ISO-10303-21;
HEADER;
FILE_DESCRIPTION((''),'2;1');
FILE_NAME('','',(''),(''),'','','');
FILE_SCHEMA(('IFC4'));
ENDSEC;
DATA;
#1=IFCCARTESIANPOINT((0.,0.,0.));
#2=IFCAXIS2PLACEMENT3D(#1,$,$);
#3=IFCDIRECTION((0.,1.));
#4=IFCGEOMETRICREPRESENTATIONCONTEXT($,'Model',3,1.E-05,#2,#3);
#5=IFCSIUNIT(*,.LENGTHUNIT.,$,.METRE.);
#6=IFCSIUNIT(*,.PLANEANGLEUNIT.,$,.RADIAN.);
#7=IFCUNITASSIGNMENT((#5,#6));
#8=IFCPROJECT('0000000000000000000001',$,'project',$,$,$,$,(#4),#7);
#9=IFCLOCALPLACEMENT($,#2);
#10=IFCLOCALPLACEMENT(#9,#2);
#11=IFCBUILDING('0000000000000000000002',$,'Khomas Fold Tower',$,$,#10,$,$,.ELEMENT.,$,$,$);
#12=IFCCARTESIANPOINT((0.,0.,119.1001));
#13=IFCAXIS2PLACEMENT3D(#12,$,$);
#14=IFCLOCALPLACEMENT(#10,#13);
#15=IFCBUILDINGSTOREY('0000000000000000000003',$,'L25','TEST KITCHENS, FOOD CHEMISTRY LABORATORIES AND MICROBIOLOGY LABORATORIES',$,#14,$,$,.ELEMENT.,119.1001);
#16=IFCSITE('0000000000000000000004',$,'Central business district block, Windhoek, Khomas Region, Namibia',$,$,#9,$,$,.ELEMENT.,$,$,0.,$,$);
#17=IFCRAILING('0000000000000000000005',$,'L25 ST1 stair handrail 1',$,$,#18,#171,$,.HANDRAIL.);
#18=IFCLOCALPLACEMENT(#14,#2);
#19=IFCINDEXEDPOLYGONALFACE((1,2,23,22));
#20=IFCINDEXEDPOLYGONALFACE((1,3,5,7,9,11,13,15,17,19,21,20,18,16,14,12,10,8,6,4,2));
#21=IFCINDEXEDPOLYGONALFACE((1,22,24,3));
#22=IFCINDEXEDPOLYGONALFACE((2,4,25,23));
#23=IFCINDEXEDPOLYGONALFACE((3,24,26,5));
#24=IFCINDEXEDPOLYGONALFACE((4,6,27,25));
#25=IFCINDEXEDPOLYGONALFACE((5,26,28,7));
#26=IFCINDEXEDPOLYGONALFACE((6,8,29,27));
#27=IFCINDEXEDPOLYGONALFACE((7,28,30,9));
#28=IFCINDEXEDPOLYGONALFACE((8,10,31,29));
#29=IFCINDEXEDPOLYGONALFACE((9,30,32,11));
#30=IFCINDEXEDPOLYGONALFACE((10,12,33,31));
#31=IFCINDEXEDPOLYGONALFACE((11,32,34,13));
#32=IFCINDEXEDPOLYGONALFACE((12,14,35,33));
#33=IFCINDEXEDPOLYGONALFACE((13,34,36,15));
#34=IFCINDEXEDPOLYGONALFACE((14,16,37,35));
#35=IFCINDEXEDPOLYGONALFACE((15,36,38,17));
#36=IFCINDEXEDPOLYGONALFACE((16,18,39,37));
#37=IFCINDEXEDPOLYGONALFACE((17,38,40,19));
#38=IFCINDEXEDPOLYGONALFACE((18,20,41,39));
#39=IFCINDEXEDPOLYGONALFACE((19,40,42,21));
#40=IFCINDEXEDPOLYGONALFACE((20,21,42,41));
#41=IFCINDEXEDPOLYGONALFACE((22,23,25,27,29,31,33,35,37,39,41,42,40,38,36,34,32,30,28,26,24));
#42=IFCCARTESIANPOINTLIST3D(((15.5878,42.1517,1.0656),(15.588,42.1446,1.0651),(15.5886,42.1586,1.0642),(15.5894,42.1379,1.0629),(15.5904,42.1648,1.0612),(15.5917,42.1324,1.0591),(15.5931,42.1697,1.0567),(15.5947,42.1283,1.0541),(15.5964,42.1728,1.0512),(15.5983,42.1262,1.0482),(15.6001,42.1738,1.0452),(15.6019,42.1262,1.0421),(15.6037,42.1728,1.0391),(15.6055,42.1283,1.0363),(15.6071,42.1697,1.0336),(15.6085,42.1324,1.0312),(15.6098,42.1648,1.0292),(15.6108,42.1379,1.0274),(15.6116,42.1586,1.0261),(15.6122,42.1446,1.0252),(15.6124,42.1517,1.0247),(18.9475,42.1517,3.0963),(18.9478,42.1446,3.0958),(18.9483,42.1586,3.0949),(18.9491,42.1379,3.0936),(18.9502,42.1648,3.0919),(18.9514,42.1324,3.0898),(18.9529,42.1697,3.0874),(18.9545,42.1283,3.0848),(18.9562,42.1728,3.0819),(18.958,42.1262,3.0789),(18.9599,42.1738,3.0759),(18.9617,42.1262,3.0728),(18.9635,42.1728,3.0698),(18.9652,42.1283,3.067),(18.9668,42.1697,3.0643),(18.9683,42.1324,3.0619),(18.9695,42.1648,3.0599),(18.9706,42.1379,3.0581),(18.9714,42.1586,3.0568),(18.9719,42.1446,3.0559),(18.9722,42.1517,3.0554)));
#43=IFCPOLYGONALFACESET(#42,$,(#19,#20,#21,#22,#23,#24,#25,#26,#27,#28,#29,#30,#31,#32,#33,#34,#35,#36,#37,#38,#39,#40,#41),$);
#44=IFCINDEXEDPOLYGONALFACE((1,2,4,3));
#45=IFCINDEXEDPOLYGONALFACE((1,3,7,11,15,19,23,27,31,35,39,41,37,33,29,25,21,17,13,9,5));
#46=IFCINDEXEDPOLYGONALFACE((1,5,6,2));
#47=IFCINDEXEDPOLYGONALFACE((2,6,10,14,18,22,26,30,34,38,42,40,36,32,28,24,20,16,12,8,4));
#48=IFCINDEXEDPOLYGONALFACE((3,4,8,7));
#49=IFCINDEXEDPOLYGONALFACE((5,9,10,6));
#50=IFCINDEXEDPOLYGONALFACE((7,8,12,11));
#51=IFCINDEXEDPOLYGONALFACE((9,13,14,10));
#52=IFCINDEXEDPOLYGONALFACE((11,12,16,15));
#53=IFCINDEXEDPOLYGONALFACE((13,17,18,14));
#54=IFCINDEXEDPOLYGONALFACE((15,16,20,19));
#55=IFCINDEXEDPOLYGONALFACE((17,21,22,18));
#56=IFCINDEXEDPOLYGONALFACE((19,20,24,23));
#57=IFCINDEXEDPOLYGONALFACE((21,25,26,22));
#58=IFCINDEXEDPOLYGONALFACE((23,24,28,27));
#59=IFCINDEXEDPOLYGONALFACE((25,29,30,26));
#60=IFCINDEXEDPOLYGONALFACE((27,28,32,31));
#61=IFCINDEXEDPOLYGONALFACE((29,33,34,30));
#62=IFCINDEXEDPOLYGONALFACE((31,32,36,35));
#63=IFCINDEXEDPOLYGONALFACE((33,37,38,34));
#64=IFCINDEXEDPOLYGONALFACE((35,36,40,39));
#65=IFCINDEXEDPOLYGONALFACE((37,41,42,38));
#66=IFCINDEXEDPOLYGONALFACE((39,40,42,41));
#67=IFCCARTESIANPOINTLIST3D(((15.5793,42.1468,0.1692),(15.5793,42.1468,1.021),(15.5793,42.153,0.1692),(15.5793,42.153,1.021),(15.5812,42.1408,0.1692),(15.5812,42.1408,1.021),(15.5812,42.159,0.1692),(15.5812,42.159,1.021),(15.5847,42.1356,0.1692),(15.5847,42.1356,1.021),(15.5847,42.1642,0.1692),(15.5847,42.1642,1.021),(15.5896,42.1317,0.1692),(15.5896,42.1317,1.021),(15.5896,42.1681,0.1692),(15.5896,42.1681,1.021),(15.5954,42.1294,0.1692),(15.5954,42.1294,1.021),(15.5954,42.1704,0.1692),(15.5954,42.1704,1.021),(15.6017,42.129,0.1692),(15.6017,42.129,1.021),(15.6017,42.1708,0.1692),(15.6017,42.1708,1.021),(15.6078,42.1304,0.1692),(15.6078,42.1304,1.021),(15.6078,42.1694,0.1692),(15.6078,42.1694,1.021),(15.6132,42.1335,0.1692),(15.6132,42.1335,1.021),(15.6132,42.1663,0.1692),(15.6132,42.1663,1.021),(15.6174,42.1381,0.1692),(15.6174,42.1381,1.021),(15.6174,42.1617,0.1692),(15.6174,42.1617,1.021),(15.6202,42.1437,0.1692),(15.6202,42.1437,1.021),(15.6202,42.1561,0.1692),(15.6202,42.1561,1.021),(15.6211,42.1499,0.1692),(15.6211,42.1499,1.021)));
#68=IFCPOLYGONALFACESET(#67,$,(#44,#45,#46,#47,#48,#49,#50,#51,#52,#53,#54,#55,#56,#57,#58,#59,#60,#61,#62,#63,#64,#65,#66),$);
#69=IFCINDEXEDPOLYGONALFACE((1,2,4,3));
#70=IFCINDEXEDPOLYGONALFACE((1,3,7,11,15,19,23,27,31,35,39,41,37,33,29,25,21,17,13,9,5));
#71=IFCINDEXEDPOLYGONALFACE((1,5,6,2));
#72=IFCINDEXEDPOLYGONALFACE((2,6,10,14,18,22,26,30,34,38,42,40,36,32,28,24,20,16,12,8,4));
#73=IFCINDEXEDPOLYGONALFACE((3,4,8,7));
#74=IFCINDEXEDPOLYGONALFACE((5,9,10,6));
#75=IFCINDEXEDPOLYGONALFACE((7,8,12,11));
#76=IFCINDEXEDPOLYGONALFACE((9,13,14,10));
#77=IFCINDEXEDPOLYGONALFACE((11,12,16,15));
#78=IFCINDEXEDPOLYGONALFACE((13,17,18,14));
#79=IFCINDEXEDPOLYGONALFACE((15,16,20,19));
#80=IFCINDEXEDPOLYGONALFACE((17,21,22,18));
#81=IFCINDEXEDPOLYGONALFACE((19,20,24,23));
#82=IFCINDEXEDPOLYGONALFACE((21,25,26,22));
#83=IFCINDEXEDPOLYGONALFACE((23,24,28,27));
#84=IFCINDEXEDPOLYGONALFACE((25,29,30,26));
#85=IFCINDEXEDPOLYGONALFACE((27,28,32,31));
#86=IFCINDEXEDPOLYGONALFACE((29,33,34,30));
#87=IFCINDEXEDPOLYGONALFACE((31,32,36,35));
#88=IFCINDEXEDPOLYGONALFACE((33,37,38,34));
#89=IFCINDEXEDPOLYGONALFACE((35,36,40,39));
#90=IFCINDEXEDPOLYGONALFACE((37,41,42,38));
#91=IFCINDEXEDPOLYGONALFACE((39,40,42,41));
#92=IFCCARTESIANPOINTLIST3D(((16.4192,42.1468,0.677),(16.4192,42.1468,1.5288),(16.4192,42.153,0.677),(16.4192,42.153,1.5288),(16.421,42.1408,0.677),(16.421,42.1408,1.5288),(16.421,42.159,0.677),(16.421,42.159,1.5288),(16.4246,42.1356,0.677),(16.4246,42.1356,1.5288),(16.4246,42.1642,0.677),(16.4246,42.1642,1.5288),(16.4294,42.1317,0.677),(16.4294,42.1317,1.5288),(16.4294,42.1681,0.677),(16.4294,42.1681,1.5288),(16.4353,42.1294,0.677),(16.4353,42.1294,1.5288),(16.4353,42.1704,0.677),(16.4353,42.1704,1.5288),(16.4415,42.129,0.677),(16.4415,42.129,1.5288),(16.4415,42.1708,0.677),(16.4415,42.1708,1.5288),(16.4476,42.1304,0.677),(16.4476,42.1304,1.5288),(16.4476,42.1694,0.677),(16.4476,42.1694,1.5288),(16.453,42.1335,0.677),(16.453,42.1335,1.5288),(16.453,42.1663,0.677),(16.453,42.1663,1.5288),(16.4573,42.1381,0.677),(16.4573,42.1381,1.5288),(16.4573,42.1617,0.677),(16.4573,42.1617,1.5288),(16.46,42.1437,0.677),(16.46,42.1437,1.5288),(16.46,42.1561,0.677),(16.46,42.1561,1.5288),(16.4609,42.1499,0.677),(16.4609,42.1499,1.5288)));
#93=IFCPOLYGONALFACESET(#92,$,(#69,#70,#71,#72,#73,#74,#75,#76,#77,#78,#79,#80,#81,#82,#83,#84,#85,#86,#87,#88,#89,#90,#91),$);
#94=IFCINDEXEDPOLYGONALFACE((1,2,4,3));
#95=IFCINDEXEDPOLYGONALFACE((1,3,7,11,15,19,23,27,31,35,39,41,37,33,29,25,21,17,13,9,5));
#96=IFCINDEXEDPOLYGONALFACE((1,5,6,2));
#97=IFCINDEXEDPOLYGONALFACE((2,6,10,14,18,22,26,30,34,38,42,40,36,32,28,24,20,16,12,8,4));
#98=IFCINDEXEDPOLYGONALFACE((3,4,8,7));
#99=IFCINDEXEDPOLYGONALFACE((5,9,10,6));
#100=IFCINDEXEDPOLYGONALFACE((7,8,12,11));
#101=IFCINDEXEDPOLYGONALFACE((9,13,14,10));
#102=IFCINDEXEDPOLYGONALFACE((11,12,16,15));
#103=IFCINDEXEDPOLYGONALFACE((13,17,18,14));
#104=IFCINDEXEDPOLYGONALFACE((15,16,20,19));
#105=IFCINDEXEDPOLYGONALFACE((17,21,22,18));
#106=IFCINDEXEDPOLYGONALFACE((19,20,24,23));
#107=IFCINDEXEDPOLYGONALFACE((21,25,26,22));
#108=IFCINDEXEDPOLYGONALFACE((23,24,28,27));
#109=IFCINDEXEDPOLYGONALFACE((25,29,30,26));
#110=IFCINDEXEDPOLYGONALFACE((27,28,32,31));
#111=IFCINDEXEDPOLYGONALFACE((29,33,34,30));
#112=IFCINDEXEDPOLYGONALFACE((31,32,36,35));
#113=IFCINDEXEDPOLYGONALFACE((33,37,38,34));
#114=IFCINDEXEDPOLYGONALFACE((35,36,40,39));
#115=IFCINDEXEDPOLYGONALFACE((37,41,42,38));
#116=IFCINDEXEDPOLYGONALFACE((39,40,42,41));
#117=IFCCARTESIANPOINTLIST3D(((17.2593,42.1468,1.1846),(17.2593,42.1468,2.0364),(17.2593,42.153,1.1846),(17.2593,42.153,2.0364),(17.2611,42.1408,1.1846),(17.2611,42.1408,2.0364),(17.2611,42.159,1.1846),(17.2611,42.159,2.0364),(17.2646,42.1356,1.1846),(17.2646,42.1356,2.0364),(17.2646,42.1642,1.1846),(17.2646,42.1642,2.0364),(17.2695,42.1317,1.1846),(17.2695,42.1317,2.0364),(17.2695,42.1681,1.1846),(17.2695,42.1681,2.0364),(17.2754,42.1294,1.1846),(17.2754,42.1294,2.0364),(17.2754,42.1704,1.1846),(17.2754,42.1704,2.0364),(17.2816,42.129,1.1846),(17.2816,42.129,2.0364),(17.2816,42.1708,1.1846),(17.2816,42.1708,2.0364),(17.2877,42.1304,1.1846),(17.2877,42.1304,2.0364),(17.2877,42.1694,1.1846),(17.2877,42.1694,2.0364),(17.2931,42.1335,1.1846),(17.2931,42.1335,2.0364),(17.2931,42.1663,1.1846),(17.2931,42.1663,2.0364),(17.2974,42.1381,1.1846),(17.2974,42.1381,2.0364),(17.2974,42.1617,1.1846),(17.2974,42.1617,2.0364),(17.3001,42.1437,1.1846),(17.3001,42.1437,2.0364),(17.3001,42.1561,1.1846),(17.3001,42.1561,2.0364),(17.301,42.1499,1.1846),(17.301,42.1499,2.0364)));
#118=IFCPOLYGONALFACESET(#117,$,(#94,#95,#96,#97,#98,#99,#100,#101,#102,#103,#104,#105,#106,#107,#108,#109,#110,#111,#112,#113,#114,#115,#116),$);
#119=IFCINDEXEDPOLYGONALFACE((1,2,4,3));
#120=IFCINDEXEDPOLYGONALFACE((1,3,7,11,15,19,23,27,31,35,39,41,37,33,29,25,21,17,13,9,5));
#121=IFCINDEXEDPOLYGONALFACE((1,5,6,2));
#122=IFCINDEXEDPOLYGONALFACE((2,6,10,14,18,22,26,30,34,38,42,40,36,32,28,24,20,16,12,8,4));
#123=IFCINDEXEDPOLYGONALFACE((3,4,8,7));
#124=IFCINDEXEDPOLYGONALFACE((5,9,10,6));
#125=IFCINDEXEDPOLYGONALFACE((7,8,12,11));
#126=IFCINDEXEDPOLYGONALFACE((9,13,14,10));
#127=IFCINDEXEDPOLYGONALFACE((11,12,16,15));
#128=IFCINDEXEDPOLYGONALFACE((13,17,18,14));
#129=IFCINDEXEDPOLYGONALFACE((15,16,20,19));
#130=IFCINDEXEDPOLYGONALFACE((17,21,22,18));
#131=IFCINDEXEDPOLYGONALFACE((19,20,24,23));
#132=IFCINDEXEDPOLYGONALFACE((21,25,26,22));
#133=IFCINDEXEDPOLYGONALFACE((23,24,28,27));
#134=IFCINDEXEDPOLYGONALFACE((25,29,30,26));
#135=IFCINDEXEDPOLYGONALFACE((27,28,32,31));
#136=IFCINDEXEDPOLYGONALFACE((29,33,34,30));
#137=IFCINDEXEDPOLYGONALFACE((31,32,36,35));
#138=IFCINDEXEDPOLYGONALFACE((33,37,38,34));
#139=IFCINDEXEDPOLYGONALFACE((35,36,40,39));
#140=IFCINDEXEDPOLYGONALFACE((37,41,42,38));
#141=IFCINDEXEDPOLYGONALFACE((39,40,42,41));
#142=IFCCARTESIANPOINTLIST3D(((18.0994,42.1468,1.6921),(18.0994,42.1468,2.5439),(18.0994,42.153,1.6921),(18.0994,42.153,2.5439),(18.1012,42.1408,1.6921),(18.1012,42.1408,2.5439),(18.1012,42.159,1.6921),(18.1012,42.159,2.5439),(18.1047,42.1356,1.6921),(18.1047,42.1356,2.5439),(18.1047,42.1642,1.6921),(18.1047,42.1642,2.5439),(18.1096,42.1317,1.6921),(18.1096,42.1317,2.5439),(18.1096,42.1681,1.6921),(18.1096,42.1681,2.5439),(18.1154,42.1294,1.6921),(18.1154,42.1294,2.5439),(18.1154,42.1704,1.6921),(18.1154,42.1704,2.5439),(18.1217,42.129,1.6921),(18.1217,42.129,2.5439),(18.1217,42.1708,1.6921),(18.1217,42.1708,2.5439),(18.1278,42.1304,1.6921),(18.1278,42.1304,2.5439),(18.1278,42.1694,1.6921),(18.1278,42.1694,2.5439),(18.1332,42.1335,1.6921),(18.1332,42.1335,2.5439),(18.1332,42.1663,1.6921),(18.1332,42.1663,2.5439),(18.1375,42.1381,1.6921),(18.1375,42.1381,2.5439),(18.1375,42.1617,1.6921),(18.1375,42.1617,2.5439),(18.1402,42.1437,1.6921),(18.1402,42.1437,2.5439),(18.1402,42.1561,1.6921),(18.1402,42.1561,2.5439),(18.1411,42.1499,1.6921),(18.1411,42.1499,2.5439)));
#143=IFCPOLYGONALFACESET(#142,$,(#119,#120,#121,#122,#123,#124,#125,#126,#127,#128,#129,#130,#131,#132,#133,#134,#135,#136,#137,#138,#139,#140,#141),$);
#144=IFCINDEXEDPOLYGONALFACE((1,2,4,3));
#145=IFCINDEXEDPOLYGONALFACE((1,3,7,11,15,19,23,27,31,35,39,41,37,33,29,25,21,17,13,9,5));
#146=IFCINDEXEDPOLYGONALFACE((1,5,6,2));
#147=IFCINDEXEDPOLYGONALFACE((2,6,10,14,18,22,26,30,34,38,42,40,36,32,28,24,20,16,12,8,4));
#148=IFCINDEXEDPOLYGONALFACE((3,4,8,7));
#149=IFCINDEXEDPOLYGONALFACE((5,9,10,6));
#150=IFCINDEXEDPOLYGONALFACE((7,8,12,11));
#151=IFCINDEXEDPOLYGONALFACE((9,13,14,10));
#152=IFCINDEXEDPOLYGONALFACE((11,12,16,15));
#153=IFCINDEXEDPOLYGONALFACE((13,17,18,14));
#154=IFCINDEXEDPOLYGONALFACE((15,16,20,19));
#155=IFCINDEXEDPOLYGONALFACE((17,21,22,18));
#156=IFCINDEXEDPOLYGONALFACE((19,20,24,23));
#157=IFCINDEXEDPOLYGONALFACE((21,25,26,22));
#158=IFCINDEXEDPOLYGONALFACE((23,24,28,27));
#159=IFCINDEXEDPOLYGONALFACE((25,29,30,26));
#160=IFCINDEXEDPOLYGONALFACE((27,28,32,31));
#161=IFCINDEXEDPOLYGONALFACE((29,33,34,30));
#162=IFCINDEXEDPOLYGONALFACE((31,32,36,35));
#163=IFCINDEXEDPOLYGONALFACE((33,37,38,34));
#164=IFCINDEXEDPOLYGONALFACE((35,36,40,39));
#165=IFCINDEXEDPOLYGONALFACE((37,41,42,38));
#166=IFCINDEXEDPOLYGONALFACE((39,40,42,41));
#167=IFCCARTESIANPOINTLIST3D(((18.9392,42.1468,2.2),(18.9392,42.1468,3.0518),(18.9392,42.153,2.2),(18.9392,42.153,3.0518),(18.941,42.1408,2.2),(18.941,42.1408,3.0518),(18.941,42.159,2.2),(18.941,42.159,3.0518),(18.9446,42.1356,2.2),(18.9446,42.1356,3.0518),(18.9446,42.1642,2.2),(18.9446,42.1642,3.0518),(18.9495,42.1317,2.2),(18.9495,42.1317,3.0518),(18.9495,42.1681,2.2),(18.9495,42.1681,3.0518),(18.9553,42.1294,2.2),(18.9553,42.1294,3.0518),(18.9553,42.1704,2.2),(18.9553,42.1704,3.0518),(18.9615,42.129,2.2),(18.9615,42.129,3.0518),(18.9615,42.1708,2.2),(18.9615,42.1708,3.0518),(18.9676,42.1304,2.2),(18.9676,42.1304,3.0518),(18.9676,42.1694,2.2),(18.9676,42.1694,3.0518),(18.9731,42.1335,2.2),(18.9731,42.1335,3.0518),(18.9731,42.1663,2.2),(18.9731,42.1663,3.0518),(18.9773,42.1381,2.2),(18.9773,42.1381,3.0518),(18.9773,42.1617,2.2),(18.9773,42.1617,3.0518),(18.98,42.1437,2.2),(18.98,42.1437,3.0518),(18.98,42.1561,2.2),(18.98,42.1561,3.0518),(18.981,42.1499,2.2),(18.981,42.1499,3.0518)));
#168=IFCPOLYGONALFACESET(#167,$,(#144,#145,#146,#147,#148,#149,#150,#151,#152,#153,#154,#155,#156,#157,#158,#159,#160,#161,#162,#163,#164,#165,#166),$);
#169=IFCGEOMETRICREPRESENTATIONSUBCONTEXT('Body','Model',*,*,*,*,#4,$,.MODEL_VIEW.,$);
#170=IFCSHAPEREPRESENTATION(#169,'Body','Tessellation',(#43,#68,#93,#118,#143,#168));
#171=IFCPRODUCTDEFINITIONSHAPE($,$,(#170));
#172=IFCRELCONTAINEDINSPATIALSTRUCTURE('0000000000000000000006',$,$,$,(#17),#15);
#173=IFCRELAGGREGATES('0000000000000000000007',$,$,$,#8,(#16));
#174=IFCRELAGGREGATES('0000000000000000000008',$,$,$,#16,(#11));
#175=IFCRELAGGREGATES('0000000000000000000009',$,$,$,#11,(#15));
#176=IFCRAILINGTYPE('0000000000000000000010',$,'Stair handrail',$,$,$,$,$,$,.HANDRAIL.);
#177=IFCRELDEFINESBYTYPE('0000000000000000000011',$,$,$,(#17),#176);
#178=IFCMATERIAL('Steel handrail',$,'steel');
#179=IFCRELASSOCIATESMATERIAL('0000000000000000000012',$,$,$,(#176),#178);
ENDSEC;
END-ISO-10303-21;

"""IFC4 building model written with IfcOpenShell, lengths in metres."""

from ifc_helpers import new_model, si_unit, direction, frame, origin, origin_2d, place, context, subcontext, project, spatial, circle, extrude, source, transform, mapped, material, type_object, element, save


model = new_model("IFC4")

# Units and contexts
model_context = context("Model", 3, precision=1e-05, world=origin(), true_north=direction((0.0, 1.0)))
body_context = subcontext(model_context, "Body", "Model", "MODEL_VIEW")
ifc_project = project(units=[si_unit("LENGTHUNIT", "METRE"), si_unit("PLANEANGLEUNIT", "RADIAN")], contexts=[model_context])

# Site, building, storey
site_placement = place(None, origin())
site = spatial("IfcSite", under=ifc_project, at=site_placement, Name="Central business district block, Windhoek, Khomas Region, Namibia", CompositionType="ELEMENT", RefElevation=0.0)
building_placement = place(site_placement, origin())
building = spatial("IfcBuilding", under=site, at=building_placement, Name="Khomas Fold Tower", CompositionType="ELEMENT")
storey_placement = place(building_placement, frame((0.0, 0.0, 119.1001)))
storey = spatial("IfcBuildingStorey", under=building, at=storey_placement, Name="L25", Description="TEST KITCHENS, FOOD CHEMISTRY LABORATORIES AND MICROBIOLOGY LABORATORIES", CompositionType="ELEMENT", Elevation=119.1001)

# Railing
ifc_material_1 = material(Name="Steel handrail", Category="steel")
railing_type_1 = type_object("IfcRailingType", Name="Stair handrail", PredefinedType="HANDRAIL", material=ifc_material_1)
shared_shape_1 = source(origin(), body_context, "Body", "SweptSolid", [
    extrude(circle(Radius=0.0239, at=origin_2d()), frame((0.0, 0.0, 0.876), z_axis=(0.85582, 0.0, 0.517273), x_axis=(0.0, 1.0, 0.0)), (0.0, 0.0, 1.0), 3.9258),
    extrude(circle(Radius=0.021, at=origin_2d()), origin(), (0.0, 0.0, 1.0), 0.8518),
    extrude(circle(Radius=0.021, at=origin_2d()), frame((0.8398, 0.0, 0.5078)), (0.0, 0.0, 1.0), 0.8518),
    extrude(circle(Radius=0.021, at=origin_2d()), frame((1.6799, 0.0, 1.0154)), (0.0, 0.0, 1.0), 0.8518),
    extrude(circle(Radius=0.021, at=origin_2d()), frame((2.52, 0.0, 1.5229)), (0.0, 0.0, 1.0), 0.8518),
    extrude(circle(Radius=0.021, at=origin_2d()), frame((3.3599, 0.0, 2.0308)), (0.0, 0.0, 1.0), 0.8518),
])
railing_1_placement = place(storey_placement, frame((15.6001, 42.1499, 0.1692)))
element("IfcRailing", 1, at=railing_1_placement, inside=storey, type_object=railing_type_1, Name="L25 ST1 stair handrail 1", PredefinedType="HANDRAIL", context=body_context, shape_type="MappedRepresentation", body=[
    mapped(shared_shape_1, transform((0.0, 0.0, 0.0))),
])

save(model, "model.ifc")
